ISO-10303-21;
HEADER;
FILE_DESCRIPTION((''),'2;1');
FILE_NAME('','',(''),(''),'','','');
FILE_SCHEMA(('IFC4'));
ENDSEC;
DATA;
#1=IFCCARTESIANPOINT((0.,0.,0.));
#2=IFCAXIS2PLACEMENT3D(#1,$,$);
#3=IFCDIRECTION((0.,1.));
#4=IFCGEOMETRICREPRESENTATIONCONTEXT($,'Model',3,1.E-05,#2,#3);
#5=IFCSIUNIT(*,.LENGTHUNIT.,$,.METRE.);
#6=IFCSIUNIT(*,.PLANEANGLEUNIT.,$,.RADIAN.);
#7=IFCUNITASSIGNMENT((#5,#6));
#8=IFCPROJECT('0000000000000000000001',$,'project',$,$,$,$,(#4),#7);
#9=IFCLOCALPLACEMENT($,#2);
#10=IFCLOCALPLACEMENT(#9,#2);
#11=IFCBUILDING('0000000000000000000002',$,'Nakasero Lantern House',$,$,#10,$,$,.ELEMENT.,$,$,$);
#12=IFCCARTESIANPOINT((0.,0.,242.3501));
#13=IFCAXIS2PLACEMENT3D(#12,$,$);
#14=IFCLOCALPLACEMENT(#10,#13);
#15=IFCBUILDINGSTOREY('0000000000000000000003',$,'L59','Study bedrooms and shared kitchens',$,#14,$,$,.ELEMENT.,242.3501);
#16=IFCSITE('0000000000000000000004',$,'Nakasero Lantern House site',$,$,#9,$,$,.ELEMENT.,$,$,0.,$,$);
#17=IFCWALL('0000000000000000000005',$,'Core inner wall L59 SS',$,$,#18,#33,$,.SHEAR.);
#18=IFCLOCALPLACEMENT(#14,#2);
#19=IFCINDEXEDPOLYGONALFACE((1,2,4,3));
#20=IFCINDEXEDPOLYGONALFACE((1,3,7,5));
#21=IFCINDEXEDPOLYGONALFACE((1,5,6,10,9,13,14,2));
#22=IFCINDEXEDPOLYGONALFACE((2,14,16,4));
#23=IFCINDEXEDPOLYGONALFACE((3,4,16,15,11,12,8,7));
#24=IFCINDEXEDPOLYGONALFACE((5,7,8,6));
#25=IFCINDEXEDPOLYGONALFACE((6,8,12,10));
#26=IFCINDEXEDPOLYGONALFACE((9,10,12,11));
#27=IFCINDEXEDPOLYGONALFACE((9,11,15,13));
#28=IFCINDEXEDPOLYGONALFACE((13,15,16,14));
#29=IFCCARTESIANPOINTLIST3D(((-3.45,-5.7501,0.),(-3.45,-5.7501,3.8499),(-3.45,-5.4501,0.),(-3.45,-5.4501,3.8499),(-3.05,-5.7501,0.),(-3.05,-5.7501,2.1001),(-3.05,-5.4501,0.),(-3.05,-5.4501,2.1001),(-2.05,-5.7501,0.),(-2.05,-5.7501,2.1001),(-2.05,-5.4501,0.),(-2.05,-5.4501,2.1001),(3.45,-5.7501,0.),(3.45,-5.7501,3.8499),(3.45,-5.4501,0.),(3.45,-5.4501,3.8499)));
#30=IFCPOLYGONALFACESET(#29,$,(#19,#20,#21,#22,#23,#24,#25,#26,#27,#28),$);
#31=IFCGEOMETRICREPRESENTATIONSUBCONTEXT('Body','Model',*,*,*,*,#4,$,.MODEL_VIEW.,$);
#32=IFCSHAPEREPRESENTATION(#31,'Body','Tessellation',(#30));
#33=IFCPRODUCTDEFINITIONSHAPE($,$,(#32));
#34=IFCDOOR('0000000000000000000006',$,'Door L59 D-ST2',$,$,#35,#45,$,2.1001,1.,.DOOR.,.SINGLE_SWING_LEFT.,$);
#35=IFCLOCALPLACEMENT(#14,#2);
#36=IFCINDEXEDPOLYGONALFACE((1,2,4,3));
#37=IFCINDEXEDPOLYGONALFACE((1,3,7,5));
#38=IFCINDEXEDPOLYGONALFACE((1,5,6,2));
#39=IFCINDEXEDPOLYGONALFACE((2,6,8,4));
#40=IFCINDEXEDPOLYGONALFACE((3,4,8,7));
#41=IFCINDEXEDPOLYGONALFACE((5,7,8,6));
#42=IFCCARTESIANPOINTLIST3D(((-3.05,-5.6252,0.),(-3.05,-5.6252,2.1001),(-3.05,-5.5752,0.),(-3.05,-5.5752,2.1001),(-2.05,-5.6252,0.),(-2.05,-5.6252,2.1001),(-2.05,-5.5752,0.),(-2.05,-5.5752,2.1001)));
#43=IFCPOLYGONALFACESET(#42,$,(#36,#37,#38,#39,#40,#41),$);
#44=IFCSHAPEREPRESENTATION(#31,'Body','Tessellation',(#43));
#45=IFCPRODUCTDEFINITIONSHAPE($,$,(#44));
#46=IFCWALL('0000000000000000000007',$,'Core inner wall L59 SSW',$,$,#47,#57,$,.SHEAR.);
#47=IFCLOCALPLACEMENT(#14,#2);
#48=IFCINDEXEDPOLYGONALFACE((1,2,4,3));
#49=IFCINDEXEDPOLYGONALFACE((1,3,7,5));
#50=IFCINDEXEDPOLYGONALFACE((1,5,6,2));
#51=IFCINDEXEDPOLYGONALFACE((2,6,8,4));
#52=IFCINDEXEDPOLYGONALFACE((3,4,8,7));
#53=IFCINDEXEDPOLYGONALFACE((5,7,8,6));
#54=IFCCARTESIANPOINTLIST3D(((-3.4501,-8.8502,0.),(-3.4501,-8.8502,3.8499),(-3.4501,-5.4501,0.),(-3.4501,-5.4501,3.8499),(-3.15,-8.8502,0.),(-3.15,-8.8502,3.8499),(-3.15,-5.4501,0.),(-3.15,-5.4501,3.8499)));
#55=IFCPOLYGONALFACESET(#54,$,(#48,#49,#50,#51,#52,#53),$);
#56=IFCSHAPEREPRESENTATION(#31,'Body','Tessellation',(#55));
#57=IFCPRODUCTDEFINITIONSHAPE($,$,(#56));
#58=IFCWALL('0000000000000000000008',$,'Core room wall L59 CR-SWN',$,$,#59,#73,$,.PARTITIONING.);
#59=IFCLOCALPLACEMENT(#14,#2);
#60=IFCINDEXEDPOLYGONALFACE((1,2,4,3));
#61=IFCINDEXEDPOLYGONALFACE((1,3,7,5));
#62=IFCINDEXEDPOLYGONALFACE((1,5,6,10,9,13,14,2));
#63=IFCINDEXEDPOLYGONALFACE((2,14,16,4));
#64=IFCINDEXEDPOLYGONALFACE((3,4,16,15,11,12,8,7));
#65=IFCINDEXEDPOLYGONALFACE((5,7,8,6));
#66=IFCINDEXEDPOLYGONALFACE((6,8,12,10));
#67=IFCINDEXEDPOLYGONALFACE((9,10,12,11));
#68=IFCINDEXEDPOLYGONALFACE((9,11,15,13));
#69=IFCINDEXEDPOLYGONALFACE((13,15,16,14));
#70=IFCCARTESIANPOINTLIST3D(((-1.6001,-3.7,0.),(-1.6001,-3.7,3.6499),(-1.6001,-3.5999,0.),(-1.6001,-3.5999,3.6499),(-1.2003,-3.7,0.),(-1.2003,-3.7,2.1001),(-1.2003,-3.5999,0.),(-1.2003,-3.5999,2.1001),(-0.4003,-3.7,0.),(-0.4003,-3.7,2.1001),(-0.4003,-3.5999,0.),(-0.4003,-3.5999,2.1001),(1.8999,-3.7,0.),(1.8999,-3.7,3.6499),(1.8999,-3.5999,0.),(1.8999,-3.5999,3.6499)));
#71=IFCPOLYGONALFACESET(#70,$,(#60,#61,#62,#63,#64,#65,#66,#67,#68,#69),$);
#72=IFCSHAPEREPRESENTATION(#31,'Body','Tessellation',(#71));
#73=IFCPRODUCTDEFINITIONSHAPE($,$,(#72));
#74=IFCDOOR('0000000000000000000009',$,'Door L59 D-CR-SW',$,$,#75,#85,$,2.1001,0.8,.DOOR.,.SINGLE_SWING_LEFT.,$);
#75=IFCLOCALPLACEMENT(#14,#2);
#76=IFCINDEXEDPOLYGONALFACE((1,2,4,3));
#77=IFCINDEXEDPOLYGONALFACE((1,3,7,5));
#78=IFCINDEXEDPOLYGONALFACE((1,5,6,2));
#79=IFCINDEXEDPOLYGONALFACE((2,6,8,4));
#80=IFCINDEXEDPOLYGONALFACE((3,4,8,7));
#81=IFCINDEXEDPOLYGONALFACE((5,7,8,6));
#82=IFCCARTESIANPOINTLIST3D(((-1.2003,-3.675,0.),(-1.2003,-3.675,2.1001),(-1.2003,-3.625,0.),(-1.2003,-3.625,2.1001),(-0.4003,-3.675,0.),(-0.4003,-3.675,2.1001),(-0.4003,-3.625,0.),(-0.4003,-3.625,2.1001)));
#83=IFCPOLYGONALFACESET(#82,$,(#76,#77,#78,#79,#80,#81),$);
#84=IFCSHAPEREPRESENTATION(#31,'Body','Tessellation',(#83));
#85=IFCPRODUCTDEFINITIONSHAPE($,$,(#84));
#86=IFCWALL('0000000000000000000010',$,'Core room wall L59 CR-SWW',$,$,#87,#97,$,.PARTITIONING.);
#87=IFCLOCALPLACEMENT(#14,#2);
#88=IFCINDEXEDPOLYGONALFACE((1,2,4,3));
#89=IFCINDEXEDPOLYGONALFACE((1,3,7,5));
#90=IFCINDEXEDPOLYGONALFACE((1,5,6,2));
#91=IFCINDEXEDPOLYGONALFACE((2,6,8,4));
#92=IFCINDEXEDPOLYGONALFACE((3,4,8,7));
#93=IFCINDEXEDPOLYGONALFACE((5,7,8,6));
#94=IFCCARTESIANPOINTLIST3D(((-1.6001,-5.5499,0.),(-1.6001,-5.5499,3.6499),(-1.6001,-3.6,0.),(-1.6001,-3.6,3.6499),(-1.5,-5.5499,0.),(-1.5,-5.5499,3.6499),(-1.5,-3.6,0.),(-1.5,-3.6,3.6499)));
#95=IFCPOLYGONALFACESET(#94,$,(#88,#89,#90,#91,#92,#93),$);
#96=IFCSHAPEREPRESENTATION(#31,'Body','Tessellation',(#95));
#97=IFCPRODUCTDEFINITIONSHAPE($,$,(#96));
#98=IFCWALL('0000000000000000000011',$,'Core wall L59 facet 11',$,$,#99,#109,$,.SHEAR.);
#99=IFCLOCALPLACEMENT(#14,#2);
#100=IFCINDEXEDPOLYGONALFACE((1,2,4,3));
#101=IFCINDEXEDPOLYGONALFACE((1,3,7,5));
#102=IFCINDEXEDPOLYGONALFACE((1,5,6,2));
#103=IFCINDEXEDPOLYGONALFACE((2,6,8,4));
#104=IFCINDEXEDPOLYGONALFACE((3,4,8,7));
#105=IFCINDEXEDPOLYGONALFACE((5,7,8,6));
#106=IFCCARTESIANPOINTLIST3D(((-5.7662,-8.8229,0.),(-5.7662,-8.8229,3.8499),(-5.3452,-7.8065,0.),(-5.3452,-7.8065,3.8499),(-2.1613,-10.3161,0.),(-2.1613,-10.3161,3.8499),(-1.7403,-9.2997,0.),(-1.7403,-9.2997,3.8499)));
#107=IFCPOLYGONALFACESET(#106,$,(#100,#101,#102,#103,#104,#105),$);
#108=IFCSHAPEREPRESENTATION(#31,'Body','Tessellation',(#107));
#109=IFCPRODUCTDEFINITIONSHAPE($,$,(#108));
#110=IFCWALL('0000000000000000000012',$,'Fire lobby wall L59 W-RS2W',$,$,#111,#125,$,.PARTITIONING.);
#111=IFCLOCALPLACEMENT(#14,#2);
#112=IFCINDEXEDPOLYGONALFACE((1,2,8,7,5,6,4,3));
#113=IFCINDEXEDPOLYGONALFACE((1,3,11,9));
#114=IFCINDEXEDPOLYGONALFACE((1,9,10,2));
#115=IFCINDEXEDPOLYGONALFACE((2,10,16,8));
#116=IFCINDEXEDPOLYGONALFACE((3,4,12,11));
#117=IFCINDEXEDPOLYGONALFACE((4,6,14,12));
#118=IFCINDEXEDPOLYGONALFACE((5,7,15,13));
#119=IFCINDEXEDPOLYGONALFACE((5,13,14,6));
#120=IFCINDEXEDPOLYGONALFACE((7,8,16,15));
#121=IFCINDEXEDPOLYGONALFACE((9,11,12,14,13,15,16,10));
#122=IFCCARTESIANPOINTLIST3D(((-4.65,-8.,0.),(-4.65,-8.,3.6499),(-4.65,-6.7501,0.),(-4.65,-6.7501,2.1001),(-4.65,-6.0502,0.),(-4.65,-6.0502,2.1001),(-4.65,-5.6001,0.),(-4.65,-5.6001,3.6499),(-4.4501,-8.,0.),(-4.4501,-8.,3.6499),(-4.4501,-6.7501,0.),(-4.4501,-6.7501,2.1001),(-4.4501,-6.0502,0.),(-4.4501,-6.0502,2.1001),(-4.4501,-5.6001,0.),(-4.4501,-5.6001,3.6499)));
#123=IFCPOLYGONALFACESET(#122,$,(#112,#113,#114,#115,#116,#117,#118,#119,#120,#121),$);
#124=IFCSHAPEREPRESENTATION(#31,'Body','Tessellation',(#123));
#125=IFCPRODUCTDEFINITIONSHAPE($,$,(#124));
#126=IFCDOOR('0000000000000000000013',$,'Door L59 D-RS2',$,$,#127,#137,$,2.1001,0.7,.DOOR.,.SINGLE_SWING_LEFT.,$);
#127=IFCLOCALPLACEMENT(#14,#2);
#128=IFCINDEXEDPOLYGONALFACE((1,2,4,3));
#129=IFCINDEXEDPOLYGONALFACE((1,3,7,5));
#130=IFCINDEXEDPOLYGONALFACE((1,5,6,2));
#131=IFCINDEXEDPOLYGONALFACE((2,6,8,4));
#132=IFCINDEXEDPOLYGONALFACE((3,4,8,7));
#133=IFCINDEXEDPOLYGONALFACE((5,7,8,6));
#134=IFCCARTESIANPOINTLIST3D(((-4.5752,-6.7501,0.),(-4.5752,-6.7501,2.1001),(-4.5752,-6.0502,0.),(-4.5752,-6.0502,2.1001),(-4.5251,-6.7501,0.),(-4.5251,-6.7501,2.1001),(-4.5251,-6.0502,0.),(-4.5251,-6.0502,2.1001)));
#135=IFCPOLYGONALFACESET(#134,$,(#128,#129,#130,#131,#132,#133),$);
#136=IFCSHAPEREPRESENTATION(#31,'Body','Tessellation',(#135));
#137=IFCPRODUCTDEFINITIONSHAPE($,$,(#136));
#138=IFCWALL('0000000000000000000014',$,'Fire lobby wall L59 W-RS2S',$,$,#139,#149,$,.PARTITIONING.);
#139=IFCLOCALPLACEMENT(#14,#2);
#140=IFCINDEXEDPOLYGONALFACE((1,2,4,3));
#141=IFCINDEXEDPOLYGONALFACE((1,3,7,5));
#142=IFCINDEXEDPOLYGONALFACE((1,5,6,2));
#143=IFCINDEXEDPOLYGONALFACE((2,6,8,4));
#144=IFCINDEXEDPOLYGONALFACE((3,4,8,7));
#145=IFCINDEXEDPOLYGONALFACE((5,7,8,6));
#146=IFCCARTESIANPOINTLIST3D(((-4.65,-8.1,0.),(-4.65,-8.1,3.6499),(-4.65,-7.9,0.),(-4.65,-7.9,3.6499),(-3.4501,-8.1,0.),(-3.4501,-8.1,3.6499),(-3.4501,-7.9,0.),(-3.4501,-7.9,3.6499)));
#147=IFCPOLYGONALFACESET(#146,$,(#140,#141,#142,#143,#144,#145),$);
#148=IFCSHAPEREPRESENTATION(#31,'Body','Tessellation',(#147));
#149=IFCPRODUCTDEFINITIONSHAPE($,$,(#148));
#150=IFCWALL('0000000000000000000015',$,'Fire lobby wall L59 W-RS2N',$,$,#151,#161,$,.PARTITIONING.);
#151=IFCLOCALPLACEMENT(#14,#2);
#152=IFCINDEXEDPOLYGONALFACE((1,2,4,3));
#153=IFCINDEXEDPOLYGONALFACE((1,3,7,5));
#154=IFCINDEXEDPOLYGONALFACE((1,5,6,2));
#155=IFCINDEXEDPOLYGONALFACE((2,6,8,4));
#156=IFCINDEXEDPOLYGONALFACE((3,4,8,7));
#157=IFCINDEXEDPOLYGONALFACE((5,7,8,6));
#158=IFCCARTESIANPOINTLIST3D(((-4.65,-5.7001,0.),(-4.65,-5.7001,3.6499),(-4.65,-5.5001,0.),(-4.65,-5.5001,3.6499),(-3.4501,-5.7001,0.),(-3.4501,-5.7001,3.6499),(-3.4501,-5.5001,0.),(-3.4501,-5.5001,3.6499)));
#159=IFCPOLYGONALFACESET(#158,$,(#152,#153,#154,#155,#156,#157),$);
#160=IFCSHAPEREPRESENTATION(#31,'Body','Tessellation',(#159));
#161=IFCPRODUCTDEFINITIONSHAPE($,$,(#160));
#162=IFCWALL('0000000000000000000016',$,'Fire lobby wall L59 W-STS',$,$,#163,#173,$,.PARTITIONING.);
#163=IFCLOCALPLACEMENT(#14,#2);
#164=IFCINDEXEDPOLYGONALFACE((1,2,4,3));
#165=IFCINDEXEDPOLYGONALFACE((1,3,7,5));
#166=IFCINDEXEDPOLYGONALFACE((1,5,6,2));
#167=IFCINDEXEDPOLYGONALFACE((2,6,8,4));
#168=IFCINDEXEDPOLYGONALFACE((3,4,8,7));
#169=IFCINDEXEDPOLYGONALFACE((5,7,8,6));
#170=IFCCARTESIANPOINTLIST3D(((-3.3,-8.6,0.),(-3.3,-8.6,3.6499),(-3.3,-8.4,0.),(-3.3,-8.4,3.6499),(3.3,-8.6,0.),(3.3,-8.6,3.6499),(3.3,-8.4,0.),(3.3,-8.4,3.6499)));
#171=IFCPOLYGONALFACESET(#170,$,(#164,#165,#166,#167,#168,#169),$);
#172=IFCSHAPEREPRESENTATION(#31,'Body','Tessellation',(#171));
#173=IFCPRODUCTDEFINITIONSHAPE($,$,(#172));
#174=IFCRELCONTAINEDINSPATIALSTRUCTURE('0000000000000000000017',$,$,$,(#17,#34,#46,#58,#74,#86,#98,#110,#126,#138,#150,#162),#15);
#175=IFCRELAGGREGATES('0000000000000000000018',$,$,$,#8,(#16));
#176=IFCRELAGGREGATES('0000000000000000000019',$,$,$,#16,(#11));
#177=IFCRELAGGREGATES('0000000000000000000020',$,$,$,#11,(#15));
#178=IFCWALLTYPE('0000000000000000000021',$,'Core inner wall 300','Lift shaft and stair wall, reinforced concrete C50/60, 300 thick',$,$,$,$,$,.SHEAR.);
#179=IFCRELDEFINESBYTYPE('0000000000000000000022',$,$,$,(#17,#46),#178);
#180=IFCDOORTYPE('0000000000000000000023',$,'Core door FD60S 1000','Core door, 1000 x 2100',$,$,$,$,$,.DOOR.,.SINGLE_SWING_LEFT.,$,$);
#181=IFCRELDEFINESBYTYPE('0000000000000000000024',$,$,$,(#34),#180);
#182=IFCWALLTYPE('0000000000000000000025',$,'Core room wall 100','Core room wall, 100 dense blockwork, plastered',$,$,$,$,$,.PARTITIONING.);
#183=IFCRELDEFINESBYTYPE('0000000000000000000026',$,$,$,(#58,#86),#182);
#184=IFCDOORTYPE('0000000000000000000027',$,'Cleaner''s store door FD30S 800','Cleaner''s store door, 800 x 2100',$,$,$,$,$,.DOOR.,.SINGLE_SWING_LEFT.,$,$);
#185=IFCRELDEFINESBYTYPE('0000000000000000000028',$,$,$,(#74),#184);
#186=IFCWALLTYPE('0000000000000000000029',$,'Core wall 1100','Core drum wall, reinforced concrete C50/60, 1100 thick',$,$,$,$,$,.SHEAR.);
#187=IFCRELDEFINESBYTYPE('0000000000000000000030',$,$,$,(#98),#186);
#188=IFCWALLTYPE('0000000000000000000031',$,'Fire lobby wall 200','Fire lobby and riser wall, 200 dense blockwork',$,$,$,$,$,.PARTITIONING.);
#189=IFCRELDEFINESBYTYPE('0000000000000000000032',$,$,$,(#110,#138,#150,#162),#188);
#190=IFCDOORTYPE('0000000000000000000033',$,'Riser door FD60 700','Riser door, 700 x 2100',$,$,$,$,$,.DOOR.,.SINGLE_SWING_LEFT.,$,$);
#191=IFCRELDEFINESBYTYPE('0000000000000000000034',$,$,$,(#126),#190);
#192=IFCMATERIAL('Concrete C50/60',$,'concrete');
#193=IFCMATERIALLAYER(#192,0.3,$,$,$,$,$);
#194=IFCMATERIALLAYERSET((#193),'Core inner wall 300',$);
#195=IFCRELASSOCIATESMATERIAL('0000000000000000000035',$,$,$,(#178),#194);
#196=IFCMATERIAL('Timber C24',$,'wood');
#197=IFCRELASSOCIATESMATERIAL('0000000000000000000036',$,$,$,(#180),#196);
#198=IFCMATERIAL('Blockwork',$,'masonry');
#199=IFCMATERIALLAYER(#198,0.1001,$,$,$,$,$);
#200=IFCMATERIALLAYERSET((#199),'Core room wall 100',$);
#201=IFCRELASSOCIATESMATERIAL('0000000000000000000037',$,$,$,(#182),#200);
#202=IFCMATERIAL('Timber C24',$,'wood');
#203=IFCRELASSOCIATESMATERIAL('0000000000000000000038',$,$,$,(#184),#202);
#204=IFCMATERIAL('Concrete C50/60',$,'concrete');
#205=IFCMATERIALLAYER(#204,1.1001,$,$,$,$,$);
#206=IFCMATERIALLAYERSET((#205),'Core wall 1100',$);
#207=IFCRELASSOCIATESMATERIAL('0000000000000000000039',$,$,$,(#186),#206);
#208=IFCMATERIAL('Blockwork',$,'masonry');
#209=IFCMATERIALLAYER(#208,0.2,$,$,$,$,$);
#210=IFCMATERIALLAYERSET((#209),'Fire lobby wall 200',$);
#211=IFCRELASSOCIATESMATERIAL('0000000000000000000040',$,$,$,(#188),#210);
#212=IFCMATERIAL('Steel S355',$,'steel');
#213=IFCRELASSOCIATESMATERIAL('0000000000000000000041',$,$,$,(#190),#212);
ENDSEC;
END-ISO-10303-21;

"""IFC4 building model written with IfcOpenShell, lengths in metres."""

from ifc_helpers import new_model, si_unit, direction, frame, frame_2d, origin, place, context, subcontext, project, spatial, rectangle, extrude, material, layer, layer_set, type_object, element, fill, save


model = new_model("IFC4")

# Units and contexts
model_context = context("Model", 3, precision=1e-05, world=origin(), true_north=direction((0.0, 1.0)))
body_context = subcontext(model_context, "Body", "Model", "MODEL_VIEW")
ifc_project = project(units=[si_unit("LENGTHUNIT", "METRE"), si_unit("PLANEANGLEUNIT", "RADIAN")], contexts=[model_context])

# Site, building, storey
site_placement = place(None, origin())
site = spatial("IfcSite", under=ifc_project, at=site_placement, Name="Nakasero Lantern House site", CompositionType="ELEMENT", RefElevation=0.0)
building_placement = place(site_placement, origin())
building = spatial("IfcBuilding", under=site, at=building_placement, Name="Nakasero Lantern House", CompositionType="ELEMENT")
storey_placement = place(building_placement, frame((0.0, 0.0, 242.3501)))
storey = spatial("IfcBuildingStorey", under=building, at=storey_placement, Name="L59", Description="Study bedrooms and shared kitchens", CompositionType="ELEMENT", Elevation=242.3501)

# Wall, opening, door
ifc_material_1 = material(Name="Concrete C50/60", Category="concrete")
ifc_layer_1 = layer(ifc_material_1, 0.3)
ifc_layer_set_1 = layer_set([ifc_layer_1], Name="Core inner wall 300")
wall_type_1 = type_object("IfcWallType", Name="Core inner wall 300", Description="Lift shaft and stair wall, reinforced concrete C50/60, 300 thick", PredefinedType="SHEAR", material=ifc_layer_set_1)
wall_1_placement = place(storey_placement, frame((-3.45, -5.6001, 0.0), z_axis=(0.0, 0.0, 1.0), x_axis=(1.0, 0.0, 0.0)))
wall_1 = element("IfcWall", 1, at=wall_1_placement, inside=storey, type_object=wall_type_1, Name="Core inner wall L59 SS", PredefinedType="SHEAR", context=body_context, shape_type="SweptSolid", body=[
    extrude(rectangle(XDim=6.8999, YDim=0.3, at=frame_2d((3.45, 0.0))), origin(), (0.0, 0.0, 1.0), 3.8499),
])
opening_1_placement = place(wall_1_placement, frame((0.3999, 0.0, 0.0)))
opening_1 = element("IfcOpeningElement", 2, at=opening_1_placement, cuts=wall_1, PredefinedType="OPENING", context=body_context, shape_type="SweptSolid", body=[
    extrude(rectangle(XDim=1.0, YDim=2.1001, at=frame_2d((0.5, 1.05))), frame((0.0, 0.1699, 0.0), z_axis=(0.0, -1.0, 0.0), x_axis=(1.0, 0.0, 0.0)), (0.0, 0.0, 1.0), 0.3401),
])
ifc_material_2 = material(Name="Timber C24", Category="wood")
door_type_1 = type_object("IfcDoorType", Name="Core door FD60S 1000", Description="Core door, 1000 x 2100", OperationType="SINGLE_SWING_LEFT", PredefinedType="DOOR", material=ifc_material_2)
door_1_placement = place(opening_1_placement, origin())
door_1 = element("IfcDoor", 3, at=door_1_placement, inside=storey, type_object=door_type_1, Name="Door L59 D-ST2", OperationType="SINGLE_SWING_LEFT", OverallHeight=2.1001, OverallWidth=1.0, PredefinedType="DOOR", context=body_context, shape_type="SweptSolid", body=[
    extrude(rectangle(XDim=1.0, YDim=2.1001, at=frame_2d((0.5, 1.05))), frame((0.0, 0.0249, 0.0), z_axis=(0.0, -1.0, 0.0), x_axis=(1.0, 0.0, 0.0)), (0.0, 0.0, 1.0), 0.05),
])
fill(opening_1, door_1)

# Wall
wall_2_placement = place(storey_placement, frame((-3.3, -5.45, 0.0), z_axis=(0.0, 0.0, 1.0), x_axis=(0.0, -1.0, 0.0)))
element("IfcWall", 4, at=wall_2_placement, inside=storey, type_object=wall_type_1, Name="Core inner wall L59 SSW", PredefinedType="SHEAR", context=body_context, shape_type="SweptSolid", body=[
    extrude(rectangle(XDim=3.4001, YDim=0.3, at=frame_2d((1.7002, 0.0))), origin(), (0.0, 0.0, 1.0), 3.8499),
])

# Wall, opening, door
ifc_material_3 = material(Name="Blockwork", Category="masonry")
ifc_layer_2 = layer(ifc_material_3, 0.1001)
ifc_layer_set_2 = layer_set([ifc_layer_2], Name="Core room wall 100")
wall_type_2 = type_object("IfcWallType", Name="Core room wall 100", Description="Core room wall, 100 dense blockwork, plastered", PredefinedType="PARTITIONING", material=ifc_layer_set_2)
wall_3_placement = place(storey_placement, frame((-1.6001, -3.6499, 0.0), z_axis=(0.0, 0.0, 1.0), x_axis=(1.0, 0.0, 0.0)))
wall_3 = element("IfcWall", 5, at=wall_3_placement, inside=storey, type_object=wall_type_2, Name="Core room wall L59 CR-SWN", PredefinedType="PARTITIONING", context=body_context, shape_type="SweptSolid", body=[
    extrude(rectangle(XDim=3.5, YDim=0.1001, at=frame_2d((1.75, 0.0))), origin(), (0.0, 0.0, 1.0), 3.6499),
])
opening_2_placement = place(wall_3_placement, frame((0.3999, 0.0, 0.0)))
opening_2 = element("IfcOpeningElement", 6, at=opening_2_placement, cuts=wall_3, PredefinedType="OPENING", context=body_context, shape_type="SweptSolid", body=[
    extrude(rectangle(XDim=0.8, YDim=2.1001, at=frame_2d((0.3999, 1.05))), frame((0.0, 0.0701, 0.0), z_axis=(0.0, -1.0, 0.0), x_axis=(1.0, 0.0, 0.0)), (0.0, 0.0, 1.0), 0.1401),
])
ifc_material_4 = material(Name="Timber C24", Category="wood")
door_type_2 = type_object("IfcDoorType", Name="Cleaner's store door FD30S 800", Description="Cleaner's store door, 800 x 2100", OperationType="SINGLE_SWING_LEFT", PredefinedType="DOOR", material=ifc_material_4)
door_2_placement = place(opening_2_placement, origin())
door_2 = element("IfcDoor", 7, at=door_2_placement, inside=storey, type_object=door_type_2, Name="Door L59 D-CR-SW", OperationType="SINGLE_SWING_LEFT", OverallHeight=2.1001, OverallWidth=0.8, PredefinedType="DOOR", context=body_context, shape_type="SweptSolid", body=[
    extrude(rectangle(XDim=0.8, YDim=2.1001, at=frame_2d((0.3999, 1.05))), frame((0.0, 0.0249, 0.0), z_axis=(0.0, -1.0, 0.0), x_axis=(1.0, 0.0, 0.0)), (0.0, 0.0, 1.0), 0.05),
])
fill(opening_2, door_2)

# Walls
wall_4_placement = place(storey_placement, frame((-1.55, -5.55, 0.0), z_axis=(0.0, 0.0, 1.0), x_axis=(0.0, 1.0, 0.0)))
element("IfcWall", 8, at=wall_4_placement, inside=storey, type_object=wall_type_2, Name="Core room wall L59 CR-SWW", PredefinedType="PARTITIONING", context=body_context, shape_type="SweptSolid", body=[
    extrude(rectangle(XDim=1.95, YDim=0.1001, at=frame_2d((0.9751, 0.0))), origin(), (0.0, 0.0, 1.0), 3.6499),
])
ifc_material_5 = material(Name="Concrete C50/60", Category="concrete")
ifc_layer_3 = layer(ifc_material_5, 1.1001)
ifc_layer_set_3 = layer_set([ifc_layer_3], Name="Core wall 1100")
wall_type_3 = type_object("IfcWallType", Name="Core wall 1100", Description="Core drum wall, reinforced concrete C50/60, 1100 thick", PredefinedType="SHEAR", material=ifc_layer_set_3)
wall_5_placement = place(storey_placement, frame((-5.5557, -8.3147, 0.0), z_axis=(0.0, 0.0, 1.0), x_axis=(0.923877, -0.382691, 0.0)))
element("IfcWall", 9, at=wall_5_placement, inside=storey, type_object=wall_type_3, Name="Core wall L59 facet 11", PredefinedType="SHEAR", context=body_context, shape_type="SweptSolid", body=[
    extrude(rectangle(XDim=3.9019, YDim=1.1001, at=frame_2d((1.9509, 0.0))), origin(), (0.0, 0.0, 1.0), 3.8499),
])

# Wall, opening, door
ifc_material_6 = material(Name="Blockwork", Category="masonry")
ifc_layer_4 = layer(ifc_material_6, 0.2)
ifc_layer_set_4 = layer_set([ifc_layer_4], Name="Fire lobby wall 200")
wall_type_4 = type_object("IfcWallType", Name="Fire lobby wall 200", Description="Fire lobby and riser wall, 200 dense blockwork", PredefinedType="PARTITIONING", material=ifc_layer_set_4)
wall_6_placement = place(storey_placement, frame((-4.55, -5.6001, 0.0), z_axis=(0.0, 0.0, 1.0), x_axis=(0.0, -1.0, 0.0)))
wall_6 = element("IfcWall", 10, at=wall_6_placement, inside=storey, type_object=wall_type_4, Name="Fire lobby wall L59 W-RS2W", PredefinedType="PARTITIONING", context=body_context, shape_type="SweptSolid", body=[
    extrude(rectangle(XDim=2.3999, YDim=0.2, at=frame_2d((1.2, 0.0))), origin(), (0.0, 0.0, 1.0), 3.6499),
])
opening_3_placement = place(wall_6_placement, frame((0.45, 0.0, 0.0)))
opening_3 = element("IfcOpeningElement", 11, at=opening_3_placement, cuts=wall_6, PredefinedType="OPENING", context=body_context, shape_type="SweptSolid", body=[
    extrude(rectangle(XDim=0.7, YDim=2.1001, at=frame_2d((0.3501, 1.05))), frame((0.0, 0.1199, 0.0), z_axis=(0.0, -1.0, 0.0), x_axis=(1.0, 0.0, 0.0)), (0.0, 0.0, 1.0), 0.24),
])
ifc_material_7 = material(Name="Steel S355", Category="steel")
door_type_3 = type_object("IfcDoorType", Name="Riser door FD60 700", Description="Riser door, 700 x 2100", OperationType="SINGLE_SWING_LEFT", PredefinedType="DOOR", material=ifc_material_7)
door_3_placement = place(opening_3_placement, origin())
door_3 = element("IfcDoor", 12, at=door_3_placement, inside=storey, type_object=door_type_3, Name="Door L59 D-RS2", OperationType="SINGLE_SWING_LEFT", OverallHeight=2.1001, OverallWidth=0.7, PredefinedType="DOOR", context=body_context, shape_type="SweptSolid", body=[
    extrude(rectangle(XDim=0.7, YDim=2.1001, at=frame_2d((0.3501, 1.05))), frame((0.0, 0.0249, 0.0), z_axis=(0.0, -1.0, 0.0), x_axis=(1.0, 0.0, 0.0)), (0.0, 0.0, 1.0), 0.05),
])
fill(opening_3, door_3)

# Walls
for number, where, z_axis, x_axis, name in (
    (13, (-3.45, -8.0, 0.0), (0.0, 0.0, 1.0), (-1.0, 0.0, 0.0), "Fire lobby wall L59 W-RS2S"),
    (14, (-3.45, -5.6001, 0.0), (0.0, 0.0, 1.0), (-1.0, 0.0, 0.0), "Fire lobby wall L59 W-RS2N"),
):
    element("IfcWall", number, at=place(storey_placement, frame(where, z_axis=z_axis, x_axis=x_axis)), inside=storey, type_object=wall_type_4, Name=name, PredefinedType="PARTITIONING", context=body_context, shape_type="SweptSolid", body=[
        extrude(rectangle(XDim=1.2, YDim=0.2, at=frame_2d((0.6001, 0.0))), origin(), (0.0, 0.0, 1.0), 3.6499),
    ])
wall_7_placement = place(storey_placement, frame((-3.3, -8.5, 0.0), z_axis=(0.0, 0.0, 1.0), x_axis=(1.0, 0.0, 0.0)))
element("IfcWall", 15, at=wall_7_placement, inside=storey, type_object=wall_type_4, Name="Fire lobby wall L59 W-STS", PredefinedType="PARTITIONING", context=body_context, shape_type="SweptSolid", body=[
    extrude(rectangle(XDim=6.6001, YDim=0.2, at=frame_2d((3.3, 0.0))), origin(), (0.0, 0.0, 1.0), 3.6499),
])

save(model, "model.ifc")
